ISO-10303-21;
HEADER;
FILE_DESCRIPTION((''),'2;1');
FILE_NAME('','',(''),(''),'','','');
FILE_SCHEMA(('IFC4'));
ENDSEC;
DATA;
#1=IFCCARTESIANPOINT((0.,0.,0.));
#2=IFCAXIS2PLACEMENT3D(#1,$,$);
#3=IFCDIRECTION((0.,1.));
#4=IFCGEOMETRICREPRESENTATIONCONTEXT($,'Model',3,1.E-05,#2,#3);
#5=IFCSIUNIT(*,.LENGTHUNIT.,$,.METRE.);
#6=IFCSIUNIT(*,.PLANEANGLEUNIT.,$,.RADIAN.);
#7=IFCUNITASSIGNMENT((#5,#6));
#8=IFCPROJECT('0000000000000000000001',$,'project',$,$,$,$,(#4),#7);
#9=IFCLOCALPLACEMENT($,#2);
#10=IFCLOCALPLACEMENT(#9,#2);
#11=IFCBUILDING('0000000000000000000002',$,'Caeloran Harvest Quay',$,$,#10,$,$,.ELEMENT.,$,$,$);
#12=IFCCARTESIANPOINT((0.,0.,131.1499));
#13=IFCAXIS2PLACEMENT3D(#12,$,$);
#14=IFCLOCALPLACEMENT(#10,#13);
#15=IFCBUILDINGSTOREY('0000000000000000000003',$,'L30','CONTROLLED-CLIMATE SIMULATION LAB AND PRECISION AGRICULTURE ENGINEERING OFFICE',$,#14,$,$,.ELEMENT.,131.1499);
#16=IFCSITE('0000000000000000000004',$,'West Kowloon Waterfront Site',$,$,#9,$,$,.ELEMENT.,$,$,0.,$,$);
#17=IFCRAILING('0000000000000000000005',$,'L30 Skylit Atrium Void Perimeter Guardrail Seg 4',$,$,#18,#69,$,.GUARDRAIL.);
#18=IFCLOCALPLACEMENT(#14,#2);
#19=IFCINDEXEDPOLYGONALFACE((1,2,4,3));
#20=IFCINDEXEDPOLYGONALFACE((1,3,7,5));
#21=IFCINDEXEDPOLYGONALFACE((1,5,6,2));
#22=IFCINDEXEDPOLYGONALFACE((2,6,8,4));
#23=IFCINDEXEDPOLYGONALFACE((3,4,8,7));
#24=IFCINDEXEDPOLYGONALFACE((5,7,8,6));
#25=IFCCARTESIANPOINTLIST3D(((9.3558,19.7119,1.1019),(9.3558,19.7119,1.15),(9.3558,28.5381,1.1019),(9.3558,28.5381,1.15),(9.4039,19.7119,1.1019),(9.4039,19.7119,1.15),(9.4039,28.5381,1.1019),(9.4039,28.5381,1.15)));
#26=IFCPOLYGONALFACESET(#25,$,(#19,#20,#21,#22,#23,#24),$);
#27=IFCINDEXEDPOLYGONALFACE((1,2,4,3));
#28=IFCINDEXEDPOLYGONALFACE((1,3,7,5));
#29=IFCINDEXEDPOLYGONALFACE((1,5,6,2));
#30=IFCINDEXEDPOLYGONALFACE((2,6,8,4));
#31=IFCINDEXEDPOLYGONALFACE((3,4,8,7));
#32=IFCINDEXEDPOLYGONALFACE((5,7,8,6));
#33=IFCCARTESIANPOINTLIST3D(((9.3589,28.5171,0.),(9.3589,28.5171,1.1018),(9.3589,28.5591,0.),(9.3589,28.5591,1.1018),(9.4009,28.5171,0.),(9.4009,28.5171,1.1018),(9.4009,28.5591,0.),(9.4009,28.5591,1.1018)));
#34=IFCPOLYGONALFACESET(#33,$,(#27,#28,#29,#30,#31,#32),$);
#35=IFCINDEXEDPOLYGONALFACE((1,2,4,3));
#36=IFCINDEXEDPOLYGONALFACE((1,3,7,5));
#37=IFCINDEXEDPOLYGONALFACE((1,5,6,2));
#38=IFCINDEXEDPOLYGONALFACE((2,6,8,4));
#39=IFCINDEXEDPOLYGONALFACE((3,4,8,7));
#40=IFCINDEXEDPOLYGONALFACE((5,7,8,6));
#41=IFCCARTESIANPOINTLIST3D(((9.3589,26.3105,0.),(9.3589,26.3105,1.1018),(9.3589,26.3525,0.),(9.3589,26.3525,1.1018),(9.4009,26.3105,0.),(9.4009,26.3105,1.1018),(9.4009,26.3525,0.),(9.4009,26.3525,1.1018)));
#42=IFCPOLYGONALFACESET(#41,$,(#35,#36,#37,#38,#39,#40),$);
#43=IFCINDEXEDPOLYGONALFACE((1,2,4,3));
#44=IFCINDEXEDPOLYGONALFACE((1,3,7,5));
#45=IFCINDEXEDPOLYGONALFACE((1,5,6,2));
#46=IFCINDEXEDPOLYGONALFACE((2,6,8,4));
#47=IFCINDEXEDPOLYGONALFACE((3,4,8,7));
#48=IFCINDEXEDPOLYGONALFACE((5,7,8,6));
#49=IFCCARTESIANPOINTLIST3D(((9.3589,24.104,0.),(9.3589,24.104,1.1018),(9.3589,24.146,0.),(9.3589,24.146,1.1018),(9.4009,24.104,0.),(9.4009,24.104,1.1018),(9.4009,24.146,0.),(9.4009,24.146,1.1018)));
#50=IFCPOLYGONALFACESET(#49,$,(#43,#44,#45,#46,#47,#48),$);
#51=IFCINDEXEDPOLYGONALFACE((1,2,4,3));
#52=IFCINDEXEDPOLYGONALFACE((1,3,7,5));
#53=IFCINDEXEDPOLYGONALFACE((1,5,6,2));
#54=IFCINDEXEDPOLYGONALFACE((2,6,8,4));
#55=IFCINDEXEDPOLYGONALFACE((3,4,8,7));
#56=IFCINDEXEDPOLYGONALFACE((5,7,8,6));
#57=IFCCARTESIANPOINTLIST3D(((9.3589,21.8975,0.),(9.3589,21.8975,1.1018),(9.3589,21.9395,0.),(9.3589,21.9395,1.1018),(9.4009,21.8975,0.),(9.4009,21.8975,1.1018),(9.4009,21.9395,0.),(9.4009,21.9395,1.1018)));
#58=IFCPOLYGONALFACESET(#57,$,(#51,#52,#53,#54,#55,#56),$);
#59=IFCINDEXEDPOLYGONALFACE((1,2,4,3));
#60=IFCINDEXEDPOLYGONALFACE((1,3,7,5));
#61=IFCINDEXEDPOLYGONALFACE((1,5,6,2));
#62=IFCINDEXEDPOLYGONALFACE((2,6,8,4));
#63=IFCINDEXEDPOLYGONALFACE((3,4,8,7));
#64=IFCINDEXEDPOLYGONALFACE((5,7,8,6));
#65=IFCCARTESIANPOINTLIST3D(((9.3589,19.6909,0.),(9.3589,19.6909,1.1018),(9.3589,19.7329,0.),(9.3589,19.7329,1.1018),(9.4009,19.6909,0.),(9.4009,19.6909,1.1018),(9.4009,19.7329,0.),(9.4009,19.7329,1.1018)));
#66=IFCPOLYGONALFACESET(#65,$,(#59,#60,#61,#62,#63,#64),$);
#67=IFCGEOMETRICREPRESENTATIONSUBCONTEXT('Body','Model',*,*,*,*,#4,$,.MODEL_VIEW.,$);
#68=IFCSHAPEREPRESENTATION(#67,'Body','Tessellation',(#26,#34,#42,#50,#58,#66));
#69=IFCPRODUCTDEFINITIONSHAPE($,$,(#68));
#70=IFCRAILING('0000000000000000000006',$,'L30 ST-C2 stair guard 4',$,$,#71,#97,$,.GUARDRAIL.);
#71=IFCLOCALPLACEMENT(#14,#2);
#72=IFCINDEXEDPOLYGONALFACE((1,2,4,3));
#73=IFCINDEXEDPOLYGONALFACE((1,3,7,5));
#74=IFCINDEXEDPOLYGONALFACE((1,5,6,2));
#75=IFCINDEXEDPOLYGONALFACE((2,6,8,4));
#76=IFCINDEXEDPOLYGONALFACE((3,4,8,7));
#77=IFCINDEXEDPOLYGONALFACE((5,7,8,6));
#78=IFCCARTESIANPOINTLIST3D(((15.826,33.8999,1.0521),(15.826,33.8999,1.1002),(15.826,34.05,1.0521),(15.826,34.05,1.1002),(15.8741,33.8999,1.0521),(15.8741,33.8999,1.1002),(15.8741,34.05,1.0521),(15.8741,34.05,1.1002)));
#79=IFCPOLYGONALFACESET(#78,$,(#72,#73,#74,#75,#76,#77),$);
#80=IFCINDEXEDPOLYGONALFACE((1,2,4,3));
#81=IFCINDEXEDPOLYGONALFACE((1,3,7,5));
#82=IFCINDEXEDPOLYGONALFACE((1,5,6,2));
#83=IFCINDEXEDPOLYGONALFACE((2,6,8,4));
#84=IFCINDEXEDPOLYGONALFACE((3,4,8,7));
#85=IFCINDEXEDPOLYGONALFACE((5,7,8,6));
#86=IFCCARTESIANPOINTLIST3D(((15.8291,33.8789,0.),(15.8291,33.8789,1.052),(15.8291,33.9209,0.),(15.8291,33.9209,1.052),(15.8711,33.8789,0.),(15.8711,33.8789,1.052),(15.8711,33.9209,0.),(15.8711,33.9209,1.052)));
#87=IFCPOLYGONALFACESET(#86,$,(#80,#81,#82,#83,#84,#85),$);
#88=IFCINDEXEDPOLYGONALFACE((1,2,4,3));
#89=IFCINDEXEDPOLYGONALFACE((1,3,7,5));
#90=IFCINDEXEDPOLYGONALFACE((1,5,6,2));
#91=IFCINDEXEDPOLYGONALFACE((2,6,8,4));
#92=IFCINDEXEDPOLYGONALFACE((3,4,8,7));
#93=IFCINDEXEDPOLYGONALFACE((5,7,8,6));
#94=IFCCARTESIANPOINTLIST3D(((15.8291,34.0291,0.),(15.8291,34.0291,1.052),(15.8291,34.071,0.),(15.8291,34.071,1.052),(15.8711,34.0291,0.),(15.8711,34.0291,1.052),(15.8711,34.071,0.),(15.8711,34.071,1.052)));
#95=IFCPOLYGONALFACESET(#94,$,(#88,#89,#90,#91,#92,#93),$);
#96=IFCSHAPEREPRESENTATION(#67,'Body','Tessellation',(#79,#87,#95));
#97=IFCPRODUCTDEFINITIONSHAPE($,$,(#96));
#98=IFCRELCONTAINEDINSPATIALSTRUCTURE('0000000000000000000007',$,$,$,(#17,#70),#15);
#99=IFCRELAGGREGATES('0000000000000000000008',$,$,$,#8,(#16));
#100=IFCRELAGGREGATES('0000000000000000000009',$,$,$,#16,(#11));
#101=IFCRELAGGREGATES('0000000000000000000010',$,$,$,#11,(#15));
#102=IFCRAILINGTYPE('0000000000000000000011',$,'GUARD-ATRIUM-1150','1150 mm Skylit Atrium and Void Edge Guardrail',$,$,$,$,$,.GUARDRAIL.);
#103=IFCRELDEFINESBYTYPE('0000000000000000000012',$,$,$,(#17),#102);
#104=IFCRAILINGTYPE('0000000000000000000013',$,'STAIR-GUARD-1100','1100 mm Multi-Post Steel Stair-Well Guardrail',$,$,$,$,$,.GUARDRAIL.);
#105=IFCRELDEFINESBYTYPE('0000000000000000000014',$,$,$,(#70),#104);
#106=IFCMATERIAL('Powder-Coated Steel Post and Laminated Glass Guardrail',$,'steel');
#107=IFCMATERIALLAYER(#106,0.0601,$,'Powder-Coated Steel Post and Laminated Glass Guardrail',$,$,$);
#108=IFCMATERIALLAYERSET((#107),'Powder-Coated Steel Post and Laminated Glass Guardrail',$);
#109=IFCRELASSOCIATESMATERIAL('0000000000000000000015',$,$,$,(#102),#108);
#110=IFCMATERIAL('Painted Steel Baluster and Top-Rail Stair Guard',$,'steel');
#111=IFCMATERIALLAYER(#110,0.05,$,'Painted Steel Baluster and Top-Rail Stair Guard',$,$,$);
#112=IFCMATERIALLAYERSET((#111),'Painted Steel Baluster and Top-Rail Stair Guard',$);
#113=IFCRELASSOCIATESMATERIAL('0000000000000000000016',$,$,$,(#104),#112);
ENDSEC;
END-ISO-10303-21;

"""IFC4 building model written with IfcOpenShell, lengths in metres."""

from ifc_helpers import new_model, si_unit, direction, frame, origin, origin_2d, place, context, subcontext, project, spatial, rectangle, extrude, material, layer, layer_set, type_object, element, save


model = new_model("IFC4")

# Units and contexts
model_context = context("Model", 3, precision=1e-05, world=origin(), true_north=direction((0.0, 1.0)))
body_context = subcontext(model_context, "Body", "Model", "MODEL_VIEW")
ifc_project = project(units=[si_unit("LENGTHUNIT", "METRE"), si_unit("PLANEANGLEUNIT", "RADIAN")], contexts=[model_context])

# Site, building, storey
site_placement = place(None, origin())
site = spatial("IfcSite", under=ifc_project, at=site_placement, Name="West Kowloon Waterfront Site", CompositionType="ELEMENT", RefElevation=0.0)
building_placement = place(site_placement, origin())
building = spatial("IfcBuilding", under=site, at=building_placement, Name="Caeloran Harvest Quay", CompositionType="ELEMENT")
storey_placement = place(building_placement, frame((0.0, 0.0, 131.1499)))
storey = spatial("IfcBuildingStorey", under=building, at=storey_placement, Name="L30", Description="CONTROLLED-CLIMATE SIMULATION LAB AND PRECISION AGRICULTURE ENGINEERING OFFICE", CompositionType="ELEMENT", Elevation=131.1499)

# Railings
ifc_material_1 = material(Name="Powder-Coated Steel Post and Laminated Glass Guardrail", Category="steel")
ifc_layer_1 = layer(ifc_material_1, 0.0601, Name="Powder-Coated Steel Post and Laminated Glass Guardrail")
ifc_layer_set_1 = layer_set([ifc_layer_1], Name="Powder-Coated Steel Post and Laminated Glass Guardrail")
railing_type_1 = type_object("IfcRailingType", Name="GUARD-ATRIUM-1150", Description="1150 mm Skylit Atrium and Void Edge Guardrail", PredefinedType="GUARDRAIL", material=ifc_layer_set_1)
railing_1_placement = place(storey_placement, frame((9.3799, 28.5381, 0.0)))
element("IfcRailing", 1, at=railing_1_placement, inside=storey, type_object=railing_type_1, Name="L30 Skylit Atrium Void Perimeter Guardrail Seg 4", PredefinedType="GUARDRAIL", context=body_context, shape_type="SweptSolid", body=[
    extrude(rectangle(XDim=0.0481, YDim=0.0481, at=origin_2d()), frame((0.0, 0.0, 1.126), z_axis=(0.0, -1.0, 0.0), x_axis=(1.0, 0.0, 0.0)), (0.0, 0.0, 1.0), 8.8262),
    extrude(rectangle(XDim=0.042, YDim=0.042, at=origin_2d()), origin(), (0.0, 0.0, 1.0), 1.1018),
    extrude(rectangle(XDim=0.042, YDim=0.042, at=origin_2d()), frame((0.0, -2.2065, 0.0)), (0.0, 0.0, 1.0), 1.1018),
    extrude(rectangle(XDim=0.042, YDim=0.042, at=origin_2d()), frame((0.0, -4.4131, 0.0)), (0.0, 0.0, 1.0), 1.1018),
    extrude(rectangle(XDim=0.042, YDim=0.042, at=origin_2d()), frame((0.0, -6.6196, 0.0)), (0.0, 0.0, 1.0), 1.1018),
    extrude(rectangle(XDim=0.042, YDim=0.042, at=origin_2d()), frame((0.0, -8.8262, 0.0)), (0.0, 0.0, 1.0), 1.1018),
])
ifc_material_2 = material(Name="Painted Steel Baluster and Top-Rail Stair Guard", Category="steel")
ifc_layer_2 = layer(ifc_material_2, 0.05, Name="Painted Steel Baluster and Top-Rail Stair Guard")
ifc_layer_set_2 = layer_set([ifc_layer_2], Name="Painted Steel Baluster and Top-Rail Stair Guard")
railing_type_2 = type_object("IfcRailingType", Name="STAIR-GUARD-1100", Description="1100 mm Multi-Post Steel Stair-Well Guardrail", PredefinedType="GUARDRAIL", material=ifc_layer_set_2)
railing_2_placement = place(storey_placement, frame((15.8501, 33.8999, 0.0)))
element("IfcRailing", 2, at=railing_2_placement, inside=storey, type_object=railing_type_2, Name="L30 ST-C2 stair guard 4", PredefinedType="GUARDRAIL", context=body_context, shape_type="SweptSolid", body=[
    extrude(rectangle(XDim=0.0481, YDim=0.0481, at=origin_2d()), frame((0.0, 0.0, 1.0762), z_axis=(0.0, 1.0, 0.0), x_axis=(-1.0, 0.0, 0.0)), (0.0, 0.0, 1.0), 0.1501),
    extrude(rectangle(XDim=0.042, YDim=0.042, at=origin_2d()), origin(), (0.0, 0.0, 1.0), 1.052),
    extrude(rectangle(XDim=0.042, YDim=0.042, at=origin_2d()), frame((0.0, 0.1501, 0.0)), (0.0, 0.0, 1.0), 1.052),
])

save(model, "model.ifc")
